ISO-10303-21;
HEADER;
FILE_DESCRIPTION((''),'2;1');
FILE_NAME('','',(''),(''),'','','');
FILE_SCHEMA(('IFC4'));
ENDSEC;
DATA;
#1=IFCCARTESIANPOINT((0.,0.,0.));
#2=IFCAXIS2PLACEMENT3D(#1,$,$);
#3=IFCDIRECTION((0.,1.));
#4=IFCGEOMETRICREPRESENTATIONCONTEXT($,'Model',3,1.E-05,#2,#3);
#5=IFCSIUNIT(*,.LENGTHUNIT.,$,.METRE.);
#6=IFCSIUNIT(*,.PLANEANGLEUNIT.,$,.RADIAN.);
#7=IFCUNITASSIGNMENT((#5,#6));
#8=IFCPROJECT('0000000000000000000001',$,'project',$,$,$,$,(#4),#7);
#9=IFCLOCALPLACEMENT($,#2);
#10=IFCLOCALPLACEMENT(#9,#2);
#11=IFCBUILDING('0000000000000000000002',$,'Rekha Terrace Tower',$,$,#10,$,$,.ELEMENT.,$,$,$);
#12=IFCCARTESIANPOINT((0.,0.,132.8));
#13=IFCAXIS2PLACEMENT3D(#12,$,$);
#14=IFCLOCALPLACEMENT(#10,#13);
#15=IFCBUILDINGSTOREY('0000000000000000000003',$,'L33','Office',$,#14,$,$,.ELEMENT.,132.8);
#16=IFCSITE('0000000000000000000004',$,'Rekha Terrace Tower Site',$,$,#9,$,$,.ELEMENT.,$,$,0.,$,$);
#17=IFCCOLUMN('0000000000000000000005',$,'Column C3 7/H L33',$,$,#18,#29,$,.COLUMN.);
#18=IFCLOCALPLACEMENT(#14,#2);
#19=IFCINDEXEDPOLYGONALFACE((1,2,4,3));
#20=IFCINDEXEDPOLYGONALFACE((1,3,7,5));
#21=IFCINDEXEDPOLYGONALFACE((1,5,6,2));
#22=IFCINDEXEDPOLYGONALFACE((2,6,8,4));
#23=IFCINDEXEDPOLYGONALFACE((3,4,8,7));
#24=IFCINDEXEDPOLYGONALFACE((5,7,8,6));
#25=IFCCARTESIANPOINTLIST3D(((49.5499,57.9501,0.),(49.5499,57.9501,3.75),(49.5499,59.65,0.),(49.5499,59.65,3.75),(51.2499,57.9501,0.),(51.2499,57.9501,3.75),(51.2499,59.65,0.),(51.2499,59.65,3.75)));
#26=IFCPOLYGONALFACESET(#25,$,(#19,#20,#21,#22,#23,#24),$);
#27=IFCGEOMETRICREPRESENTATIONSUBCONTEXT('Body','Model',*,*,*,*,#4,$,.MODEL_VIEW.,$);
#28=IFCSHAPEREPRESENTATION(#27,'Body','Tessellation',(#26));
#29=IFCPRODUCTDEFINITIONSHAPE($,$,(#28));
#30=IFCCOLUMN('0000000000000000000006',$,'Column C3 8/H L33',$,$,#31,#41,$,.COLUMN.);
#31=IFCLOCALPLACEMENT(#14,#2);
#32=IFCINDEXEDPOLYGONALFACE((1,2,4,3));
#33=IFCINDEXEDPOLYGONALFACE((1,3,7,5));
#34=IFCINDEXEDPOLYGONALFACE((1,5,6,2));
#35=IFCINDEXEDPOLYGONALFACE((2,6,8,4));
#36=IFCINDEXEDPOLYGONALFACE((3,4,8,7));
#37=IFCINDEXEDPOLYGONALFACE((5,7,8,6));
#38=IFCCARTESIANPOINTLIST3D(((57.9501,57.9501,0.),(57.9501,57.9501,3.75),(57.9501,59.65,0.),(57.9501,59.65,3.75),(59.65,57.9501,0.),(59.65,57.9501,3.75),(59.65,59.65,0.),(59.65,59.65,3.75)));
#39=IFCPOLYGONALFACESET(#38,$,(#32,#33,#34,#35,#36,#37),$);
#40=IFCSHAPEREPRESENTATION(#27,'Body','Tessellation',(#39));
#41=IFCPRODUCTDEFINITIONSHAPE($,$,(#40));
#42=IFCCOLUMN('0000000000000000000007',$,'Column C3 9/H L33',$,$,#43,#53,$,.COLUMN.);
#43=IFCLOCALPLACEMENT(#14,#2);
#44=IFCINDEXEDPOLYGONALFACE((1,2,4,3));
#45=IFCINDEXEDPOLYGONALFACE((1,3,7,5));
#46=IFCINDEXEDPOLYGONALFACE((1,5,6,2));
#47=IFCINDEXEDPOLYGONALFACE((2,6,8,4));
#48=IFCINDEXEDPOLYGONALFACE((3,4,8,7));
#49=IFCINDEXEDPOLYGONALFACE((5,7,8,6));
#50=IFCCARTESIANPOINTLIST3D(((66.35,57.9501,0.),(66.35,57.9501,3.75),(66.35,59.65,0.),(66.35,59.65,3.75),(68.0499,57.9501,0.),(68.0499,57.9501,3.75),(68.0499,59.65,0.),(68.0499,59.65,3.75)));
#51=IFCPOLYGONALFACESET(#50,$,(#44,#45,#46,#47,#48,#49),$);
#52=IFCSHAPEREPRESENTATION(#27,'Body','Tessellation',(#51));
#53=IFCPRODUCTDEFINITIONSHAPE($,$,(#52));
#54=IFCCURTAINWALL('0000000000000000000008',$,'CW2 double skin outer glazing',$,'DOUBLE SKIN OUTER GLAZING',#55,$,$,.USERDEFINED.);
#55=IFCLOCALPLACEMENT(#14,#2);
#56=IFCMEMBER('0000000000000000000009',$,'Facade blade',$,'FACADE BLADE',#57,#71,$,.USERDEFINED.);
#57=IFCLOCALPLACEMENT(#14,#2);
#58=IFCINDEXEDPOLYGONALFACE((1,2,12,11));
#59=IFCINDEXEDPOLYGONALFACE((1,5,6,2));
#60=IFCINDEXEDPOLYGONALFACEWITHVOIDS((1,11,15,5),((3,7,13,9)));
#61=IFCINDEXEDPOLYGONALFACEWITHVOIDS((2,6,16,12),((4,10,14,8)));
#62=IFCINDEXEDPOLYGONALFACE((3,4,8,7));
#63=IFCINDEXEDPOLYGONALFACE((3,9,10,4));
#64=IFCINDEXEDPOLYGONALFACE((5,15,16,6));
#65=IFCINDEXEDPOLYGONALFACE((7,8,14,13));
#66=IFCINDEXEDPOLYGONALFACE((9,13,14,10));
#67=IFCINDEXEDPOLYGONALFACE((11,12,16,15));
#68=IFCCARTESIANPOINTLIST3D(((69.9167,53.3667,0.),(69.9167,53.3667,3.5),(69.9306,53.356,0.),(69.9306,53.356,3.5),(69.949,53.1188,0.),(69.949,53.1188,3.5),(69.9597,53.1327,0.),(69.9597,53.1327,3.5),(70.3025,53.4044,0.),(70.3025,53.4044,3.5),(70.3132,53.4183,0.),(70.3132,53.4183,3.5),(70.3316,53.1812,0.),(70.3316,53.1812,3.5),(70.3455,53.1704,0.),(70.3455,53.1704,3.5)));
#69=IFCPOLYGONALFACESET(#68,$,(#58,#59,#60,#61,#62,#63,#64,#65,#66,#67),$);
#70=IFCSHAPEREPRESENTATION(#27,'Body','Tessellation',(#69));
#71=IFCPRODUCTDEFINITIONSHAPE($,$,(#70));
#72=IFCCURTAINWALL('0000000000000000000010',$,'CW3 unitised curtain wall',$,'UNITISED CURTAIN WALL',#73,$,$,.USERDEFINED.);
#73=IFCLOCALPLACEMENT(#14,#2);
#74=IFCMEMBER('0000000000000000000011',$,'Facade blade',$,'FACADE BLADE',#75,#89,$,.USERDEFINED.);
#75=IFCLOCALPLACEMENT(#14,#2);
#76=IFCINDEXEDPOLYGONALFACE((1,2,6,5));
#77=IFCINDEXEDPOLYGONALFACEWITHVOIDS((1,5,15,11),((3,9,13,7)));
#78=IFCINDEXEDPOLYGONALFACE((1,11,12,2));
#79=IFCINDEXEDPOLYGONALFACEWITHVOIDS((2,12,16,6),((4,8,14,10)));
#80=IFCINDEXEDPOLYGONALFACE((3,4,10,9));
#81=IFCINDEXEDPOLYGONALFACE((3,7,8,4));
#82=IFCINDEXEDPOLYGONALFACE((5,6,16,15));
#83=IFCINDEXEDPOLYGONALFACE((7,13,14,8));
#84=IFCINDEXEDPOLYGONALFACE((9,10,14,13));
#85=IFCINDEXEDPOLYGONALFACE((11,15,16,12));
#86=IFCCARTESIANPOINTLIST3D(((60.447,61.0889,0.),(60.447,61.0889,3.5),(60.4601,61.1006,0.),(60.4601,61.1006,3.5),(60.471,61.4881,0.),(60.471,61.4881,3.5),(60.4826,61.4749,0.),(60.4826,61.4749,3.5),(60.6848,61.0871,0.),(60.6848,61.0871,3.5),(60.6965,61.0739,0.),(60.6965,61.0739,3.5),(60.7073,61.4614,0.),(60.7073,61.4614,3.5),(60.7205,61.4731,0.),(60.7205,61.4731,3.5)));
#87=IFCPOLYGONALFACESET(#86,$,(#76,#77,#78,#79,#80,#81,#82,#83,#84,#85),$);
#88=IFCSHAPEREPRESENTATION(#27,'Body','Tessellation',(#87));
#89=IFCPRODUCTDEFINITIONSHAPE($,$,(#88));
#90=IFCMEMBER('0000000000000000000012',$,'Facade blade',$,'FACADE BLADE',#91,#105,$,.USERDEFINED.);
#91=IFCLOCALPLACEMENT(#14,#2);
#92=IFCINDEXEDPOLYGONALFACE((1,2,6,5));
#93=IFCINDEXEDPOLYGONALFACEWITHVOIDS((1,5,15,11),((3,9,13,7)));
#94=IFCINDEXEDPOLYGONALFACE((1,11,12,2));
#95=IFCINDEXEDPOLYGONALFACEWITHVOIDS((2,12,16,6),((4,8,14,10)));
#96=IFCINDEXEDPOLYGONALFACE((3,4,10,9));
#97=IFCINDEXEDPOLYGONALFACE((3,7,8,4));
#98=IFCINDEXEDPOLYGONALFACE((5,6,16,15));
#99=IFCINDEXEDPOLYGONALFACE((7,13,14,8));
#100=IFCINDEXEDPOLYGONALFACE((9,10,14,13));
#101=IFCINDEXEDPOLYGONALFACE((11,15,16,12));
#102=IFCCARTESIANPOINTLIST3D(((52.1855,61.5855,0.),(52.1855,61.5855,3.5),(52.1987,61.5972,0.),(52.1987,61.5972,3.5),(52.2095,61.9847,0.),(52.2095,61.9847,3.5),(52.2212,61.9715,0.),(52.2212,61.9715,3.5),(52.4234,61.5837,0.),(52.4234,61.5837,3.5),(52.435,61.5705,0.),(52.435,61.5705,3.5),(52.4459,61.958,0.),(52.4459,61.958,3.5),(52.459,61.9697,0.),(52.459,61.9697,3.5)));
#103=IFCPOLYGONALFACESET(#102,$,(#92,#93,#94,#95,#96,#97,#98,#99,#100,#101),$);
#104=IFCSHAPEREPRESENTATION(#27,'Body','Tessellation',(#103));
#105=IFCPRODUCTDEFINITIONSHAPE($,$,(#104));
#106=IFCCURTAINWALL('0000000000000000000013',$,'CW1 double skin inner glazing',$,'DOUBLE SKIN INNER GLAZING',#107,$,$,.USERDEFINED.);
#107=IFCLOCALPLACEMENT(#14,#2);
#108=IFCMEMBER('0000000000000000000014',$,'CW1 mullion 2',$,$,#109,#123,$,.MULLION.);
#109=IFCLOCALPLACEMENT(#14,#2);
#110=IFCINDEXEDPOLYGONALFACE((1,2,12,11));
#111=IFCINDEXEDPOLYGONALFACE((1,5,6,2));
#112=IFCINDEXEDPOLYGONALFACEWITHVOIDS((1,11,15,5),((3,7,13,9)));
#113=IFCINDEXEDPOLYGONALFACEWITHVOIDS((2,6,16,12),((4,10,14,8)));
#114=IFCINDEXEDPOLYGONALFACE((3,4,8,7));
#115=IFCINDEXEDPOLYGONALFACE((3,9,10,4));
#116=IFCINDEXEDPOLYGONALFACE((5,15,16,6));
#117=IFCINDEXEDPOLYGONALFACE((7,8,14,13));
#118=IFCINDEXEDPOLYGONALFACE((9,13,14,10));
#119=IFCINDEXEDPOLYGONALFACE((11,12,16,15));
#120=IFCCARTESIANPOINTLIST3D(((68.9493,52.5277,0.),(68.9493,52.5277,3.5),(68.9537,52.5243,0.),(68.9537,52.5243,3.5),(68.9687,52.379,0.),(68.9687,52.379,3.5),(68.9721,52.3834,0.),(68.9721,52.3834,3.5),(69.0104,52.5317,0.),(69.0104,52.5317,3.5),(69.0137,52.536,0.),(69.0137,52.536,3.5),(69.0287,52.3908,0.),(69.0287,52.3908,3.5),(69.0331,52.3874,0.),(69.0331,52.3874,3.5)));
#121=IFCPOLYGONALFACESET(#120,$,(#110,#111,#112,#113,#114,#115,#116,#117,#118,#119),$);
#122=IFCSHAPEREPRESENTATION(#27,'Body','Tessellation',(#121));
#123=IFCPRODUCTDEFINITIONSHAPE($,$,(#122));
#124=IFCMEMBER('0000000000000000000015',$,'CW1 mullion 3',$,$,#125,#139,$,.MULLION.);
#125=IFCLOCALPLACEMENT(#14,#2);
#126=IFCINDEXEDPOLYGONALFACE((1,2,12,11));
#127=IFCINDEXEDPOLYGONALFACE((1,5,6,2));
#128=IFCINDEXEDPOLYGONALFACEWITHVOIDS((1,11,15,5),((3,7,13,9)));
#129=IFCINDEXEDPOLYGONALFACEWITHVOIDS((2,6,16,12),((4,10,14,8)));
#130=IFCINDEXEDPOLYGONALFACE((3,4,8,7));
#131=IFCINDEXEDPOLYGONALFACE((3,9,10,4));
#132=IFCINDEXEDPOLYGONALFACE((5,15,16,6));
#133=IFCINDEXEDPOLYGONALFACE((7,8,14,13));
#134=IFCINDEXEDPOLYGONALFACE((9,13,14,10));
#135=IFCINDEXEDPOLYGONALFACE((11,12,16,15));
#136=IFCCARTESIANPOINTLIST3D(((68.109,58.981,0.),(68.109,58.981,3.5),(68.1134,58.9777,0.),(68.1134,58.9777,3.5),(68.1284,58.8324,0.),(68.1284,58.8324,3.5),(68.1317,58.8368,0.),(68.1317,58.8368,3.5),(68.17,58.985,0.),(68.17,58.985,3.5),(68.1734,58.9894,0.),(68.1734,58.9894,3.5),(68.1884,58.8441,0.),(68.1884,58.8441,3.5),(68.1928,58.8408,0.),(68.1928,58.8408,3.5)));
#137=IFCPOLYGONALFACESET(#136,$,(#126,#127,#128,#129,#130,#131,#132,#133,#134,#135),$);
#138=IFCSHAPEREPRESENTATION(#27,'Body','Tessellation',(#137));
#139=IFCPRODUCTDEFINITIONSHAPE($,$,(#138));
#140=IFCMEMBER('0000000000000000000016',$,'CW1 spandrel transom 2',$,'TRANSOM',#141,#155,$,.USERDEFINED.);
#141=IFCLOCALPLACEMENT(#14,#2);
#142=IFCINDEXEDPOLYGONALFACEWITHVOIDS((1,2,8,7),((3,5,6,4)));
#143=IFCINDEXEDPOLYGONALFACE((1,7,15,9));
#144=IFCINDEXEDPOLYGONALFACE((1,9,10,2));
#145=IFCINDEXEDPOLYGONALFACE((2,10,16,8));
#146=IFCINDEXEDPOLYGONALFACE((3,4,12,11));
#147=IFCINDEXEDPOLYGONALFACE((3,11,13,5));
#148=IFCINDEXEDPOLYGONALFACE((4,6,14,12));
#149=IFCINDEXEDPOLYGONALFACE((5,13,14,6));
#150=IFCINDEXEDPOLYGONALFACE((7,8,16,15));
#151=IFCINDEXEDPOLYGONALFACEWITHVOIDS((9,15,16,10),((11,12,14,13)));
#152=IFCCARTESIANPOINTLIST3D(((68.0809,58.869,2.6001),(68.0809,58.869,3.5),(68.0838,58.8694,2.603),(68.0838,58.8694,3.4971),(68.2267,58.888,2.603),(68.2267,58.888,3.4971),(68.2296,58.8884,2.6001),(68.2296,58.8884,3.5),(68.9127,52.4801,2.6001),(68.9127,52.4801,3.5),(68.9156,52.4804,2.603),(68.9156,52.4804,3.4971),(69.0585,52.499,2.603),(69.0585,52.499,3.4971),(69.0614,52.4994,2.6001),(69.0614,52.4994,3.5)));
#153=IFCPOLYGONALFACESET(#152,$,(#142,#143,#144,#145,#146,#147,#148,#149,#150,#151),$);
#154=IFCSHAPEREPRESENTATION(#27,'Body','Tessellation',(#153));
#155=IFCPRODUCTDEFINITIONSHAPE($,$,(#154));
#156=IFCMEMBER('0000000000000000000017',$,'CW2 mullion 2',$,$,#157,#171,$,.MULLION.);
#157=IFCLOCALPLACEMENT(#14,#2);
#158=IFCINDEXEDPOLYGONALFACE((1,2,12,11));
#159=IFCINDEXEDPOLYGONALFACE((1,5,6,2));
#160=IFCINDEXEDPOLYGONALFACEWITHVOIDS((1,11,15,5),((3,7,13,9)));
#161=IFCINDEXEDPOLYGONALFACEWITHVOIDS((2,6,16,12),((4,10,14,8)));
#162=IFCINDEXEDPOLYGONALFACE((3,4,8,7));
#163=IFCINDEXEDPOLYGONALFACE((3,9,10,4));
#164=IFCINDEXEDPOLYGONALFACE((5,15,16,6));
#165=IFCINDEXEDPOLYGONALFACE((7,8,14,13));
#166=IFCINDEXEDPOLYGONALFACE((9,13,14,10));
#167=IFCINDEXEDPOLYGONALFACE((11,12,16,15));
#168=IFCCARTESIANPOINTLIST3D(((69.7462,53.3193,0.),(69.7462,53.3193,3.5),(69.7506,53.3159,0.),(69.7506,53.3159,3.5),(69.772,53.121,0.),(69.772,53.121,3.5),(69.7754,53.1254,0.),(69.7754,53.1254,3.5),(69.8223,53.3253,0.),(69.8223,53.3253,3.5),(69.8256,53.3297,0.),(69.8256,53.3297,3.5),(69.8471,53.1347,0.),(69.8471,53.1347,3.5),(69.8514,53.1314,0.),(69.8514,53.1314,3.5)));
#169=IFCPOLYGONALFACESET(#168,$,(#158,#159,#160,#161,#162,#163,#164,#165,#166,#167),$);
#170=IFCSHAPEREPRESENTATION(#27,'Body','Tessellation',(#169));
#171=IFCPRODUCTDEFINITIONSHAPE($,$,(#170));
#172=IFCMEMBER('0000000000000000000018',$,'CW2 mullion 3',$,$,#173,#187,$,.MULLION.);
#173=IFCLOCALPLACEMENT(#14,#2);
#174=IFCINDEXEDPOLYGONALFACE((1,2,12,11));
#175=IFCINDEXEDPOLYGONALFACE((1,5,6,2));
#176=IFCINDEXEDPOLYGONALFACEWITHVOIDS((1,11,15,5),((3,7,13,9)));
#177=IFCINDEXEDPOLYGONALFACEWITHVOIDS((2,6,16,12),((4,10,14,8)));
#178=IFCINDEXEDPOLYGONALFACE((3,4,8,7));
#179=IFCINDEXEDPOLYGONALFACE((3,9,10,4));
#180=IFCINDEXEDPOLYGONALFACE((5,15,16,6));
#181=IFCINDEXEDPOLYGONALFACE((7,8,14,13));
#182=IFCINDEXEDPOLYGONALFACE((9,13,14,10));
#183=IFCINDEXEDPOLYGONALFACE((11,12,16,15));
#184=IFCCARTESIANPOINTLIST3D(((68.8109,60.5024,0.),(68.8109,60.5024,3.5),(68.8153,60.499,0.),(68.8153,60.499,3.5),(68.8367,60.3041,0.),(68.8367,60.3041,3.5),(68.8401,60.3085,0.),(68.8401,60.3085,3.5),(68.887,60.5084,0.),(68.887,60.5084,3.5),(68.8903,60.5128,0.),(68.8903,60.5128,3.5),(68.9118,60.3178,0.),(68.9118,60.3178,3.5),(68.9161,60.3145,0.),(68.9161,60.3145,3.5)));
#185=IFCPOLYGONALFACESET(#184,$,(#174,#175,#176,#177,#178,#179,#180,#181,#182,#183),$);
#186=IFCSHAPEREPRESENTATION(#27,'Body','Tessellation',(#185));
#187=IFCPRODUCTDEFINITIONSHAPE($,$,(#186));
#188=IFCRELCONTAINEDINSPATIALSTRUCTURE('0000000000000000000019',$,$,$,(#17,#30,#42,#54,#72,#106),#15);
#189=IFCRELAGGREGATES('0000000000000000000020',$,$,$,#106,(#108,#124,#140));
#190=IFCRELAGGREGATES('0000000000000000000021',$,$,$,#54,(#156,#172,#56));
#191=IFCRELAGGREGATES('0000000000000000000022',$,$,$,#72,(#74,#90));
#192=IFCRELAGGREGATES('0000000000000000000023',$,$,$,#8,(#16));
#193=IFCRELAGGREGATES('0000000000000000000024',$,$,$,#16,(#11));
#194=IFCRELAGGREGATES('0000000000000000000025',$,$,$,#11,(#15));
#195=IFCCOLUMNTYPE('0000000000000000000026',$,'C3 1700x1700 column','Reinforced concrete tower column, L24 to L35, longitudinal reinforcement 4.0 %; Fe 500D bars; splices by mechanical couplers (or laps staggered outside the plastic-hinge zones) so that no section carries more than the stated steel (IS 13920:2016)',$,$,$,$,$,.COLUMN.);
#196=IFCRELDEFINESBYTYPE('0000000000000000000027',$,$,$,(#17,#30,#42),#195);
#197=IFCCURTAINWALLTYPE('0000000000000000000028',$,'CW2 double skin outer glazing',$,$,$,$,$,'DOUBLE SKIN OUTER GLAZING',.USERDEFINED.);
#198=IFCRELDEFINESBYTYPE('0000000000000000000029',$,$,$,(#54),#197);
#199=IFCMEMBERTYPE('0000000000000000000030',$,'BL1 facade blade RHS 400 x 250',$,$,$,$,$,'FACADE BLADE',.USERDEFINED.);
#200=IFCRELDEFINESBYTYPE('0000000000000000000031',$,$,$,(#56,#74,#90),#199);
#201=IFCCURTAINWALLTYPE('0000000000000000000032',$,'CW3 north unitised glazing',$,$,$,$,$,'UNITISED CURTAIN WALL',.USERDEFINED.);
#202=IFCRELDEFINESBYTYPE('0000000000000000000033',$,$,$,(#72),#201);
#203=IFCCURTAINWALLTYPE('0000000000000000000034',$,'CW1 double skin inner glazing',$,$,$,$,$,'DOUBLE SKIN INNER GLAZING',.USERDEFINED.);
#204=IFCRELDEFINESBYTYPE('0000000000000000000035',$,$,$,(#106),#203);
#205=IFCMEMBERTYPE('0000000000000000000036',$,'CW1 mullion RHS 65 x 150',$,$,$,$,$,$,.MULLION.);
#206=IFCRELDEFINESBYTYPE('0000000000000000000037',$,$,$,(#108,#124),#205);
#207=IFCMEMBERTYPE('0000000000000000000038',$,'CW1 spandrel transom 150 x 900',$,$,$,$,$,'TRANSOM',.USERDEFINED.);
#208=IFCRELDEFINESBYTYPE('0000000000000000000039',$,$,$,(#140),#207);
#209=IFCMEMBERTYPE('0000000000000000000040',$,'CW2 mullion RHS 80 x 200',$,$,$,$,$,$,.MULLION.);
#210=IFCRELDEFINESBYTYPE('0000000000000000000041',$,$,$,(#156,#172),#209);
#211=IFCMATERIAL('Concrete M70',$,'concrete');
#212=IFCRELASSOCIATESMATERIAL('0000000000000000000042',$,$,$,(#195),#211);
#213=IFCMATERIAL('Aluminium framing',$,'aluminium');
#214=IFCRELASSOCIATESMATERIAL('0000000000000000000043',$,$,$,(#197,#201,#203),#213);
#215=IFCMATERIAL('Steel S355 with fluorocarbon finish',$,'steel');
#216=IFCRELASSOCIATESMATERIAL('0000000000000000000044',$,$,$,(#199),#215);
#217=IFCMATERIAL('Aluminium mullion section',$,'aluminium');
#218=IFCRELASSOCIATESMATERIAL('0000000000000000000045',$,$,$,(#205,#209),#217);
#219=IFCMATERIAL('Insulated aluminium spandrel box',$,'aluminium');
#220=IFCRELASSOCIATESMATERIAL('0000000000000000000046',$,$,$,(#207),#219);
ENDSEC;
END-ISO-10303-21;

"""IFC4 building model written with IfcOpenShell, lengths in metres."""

from ifc_helpers import new_model, si_unit, direction, frame, origin, origin_2d, place, context, subcontext, project, spatial, rectangle, hollow_rectangle, extrude, material, material_profile, profile_set, type_object, element, aggregate, save


model = new_model("IFC4")

# Units and contexts
model_context = context("Model", 3, precision=1e-05, world=origin(), true_north=direction((0.0, 1.0)))
body_context = subcontext(model_context, "Body", "Model", "MODEL_VIEW")
ifc_project = project(units=[si_unit("LENGTHUNIT", "METRE"), si_unit("PLANEANGLEUNIT", "RADIAN")], contexts=[model_context])

# Site, building, storey
site_placement = place(None, origin())
site = spatial("IfcSite", under=ifc_project, at=site_placement, Name="Rekha Terrace Tower Site", CompositionType="ELEMENT", RefElevation=0.0)
building_placement = place(site_placement, origin())
building = spatial("IfcBuilding", under=site, at=building_placement, Name="Rekha Terrace Tower", CompositionType="ELEMENT")
storey_placement = place(building_placement, frame((0.0, 0.0, 132.8)))
storey = spatial("IfcBuildingStorey", under=building, at=storey_placement, Name="L33", Description="Office", CompositionType="ELEMENT", Elevation=132.8)

# Columns
ifc_material_1 = material(Name="Concrete M70", Category="concrete")
ifc_material_profile_1 = material_profile(ifc_material_1, rectangle(XDim=1.7, YDim=1.7, at=origin_2d()), Name="RC 1700x1700")
ifc_profile_set_1 = profile_set([ifc_material_profile_1], Name="Concrete M70")
column_type = type_object("IfcColumnType", Name="C3 1700x1700 column", Description="Reinforced concrete tower column, L24 to L35, longitudinal reinforcement 4.0 %; Fe 500D bars; splices by mechanical couplers (or laps staggered outside the plastic-hinge zones) so that no section carries more than the stated steel (IS 13920:2016)", PredefinedType="COLUMN", material=ifc_profile_set_1)
for number, where, z_axis, x_axis, name in (
    (1, (50.3999, 58.8, 0.0), (0.0, 0.0, 1.0), (1.0, 0.0, 0.0), "Column C3 7/H L33"),
    (2, (58.8, 58.8, 0.0), (0.0, 0.0, 1.0), (1.0, 0.0, 0.0), "Column C3 8/H L33"),
    (3, (67.2, 58.8, 0.0), (0.0, 0.0, 1.0), (1.0, 0.0, 0.0), "Column C3 9/H L33"),
):
    element("IfcColumn", number, at=place(storey_placement, frame(where, z_axis=z_axis, x_axis=x_axis)), inside=storey, type_object=column_type, Name=name, PredefinedType="COLUMN", context=body_context, shape_type="SweptSolid", body=[
        extrude(rectangle(XDim=1.7, YDim=1.7, at=origin_2d()), origin(), (0.0, 0.0, 1.0), 3.75),
    ])

# Curtain wall, member
ifc_material_2 = material(Name="Aluminium framing", Category="aluminium")
curtain_wall_type_1 = type_object("IfcCurtainWallType", Name="CW2 double skin outer glazing", ElementType="DOUBLE SKIN OUTER GLAZING", PredefinedType="USERDEFINED", material=ifc_material_2)
curtain_wall_1_placement = place(storey_placement, origin())
curtain_wall_1 = element("IfcCurtainWall", 4, at=curtain_wall_1_placement, inside=storey, type_object=curtain_wall_type_1, Name="CW2 double skin outer glazing", ObjectType="DOUBLE SKIN OUTER GLAZING", PredefinedType="USERDEFINED")
ifc_material_3 = material(Name="Steel S355 with fluorocarbon finish", Category="steel")
ifc_material_profile_2 = material_profile(ifc_material_3, hollow_rectangle(XDim=0.25, YDim=0.3999, WallThickness=0.0125, at=origin_2d()), Name="RHS400x250x12.5")
ifc_profile_set_2 = profile_set([ifc_material_profile_2], Name="Steel S355 with fluorocarbon finish")
member_type_1 = type_object("IfcMemberType", Name="BL1 facade blade RHS 400 x 250", ElementType="FACADE BLADE", PredefinedType="USERDEFINED", material=ifc_profile_set_2)
member_1_placement = place(storey_placement, frame((70.1311, 53.2686, 0.0), z_axis=(0.0, 0.0, 1.0), x_axis=(-0.129119, 0.991629, 0.0)))
member_1 = element("IfcMember", 5, at=member_1_placement, type_object=member_type_1, Name="Facade blade", ObjectType="FACADE BLADE", PredefinedType="USERDEFINED", context=body_context, shape_type="SweptSolid", body=[
    extrude(hollow_rectangle(XDim=0.25, YDim=0.3999, WallThickness=0.0125, at=origin_2d()), origin(), (0.0, 0.0, 1.0), 3.5),
])

# Curtain walls, members
curtain_wall_type_2 = type_object("IfcCurtainWallType", Name="CW3 north unitised glazing", ElementType="UNITISED CURTAIN WALL", PredefinedType="USERDEFINED", material=ifc_material_2)
curtain_wall_2_placement = place(storey_placement, origin())
curtain_wall_2 = element("IfcCurtainWall", 6, at=curtain_wall_2_placement, inside=storey, type_object=curtain_wall_type_2, Name="CW3 unitised curtain wall", ObjectType="UNITISED CURTAIN WALL", PredefinedType="USERDEFINED")
member_2_placement = place(storey_placement, frame((60.5837, 61.281, 0.0), z_axis=(0.0, 0.0, 1.0), x_axis=(-0.998199, 0.059988, 0.0)))
member_2 = element("IfcMember", 7, at=member_2_placement, type_object=member_type_1, Name="Facade blade", ObjectType="FACADE BLADE", PredefinedType="USERDEFINED", context=body_context, shape_type="SweptSolid", body=[
    extrude(hollow_rectangle(XDim=0.25, YDim=0.3999, WallThickness=0.0125, at=origin_2d()), origin(), (0.0, 0.0, 1.0), 3.5),
])
member_3_placement = place(storey_placement, frame((52.3223, 61.7776, 0.0), z_axis=(0.0, 0.0, 1.0), x_axis=(-0.998199, 0.059988, 0.0)))
member_3 = element("IfcMember", 8, at=member_3_placement, type_object=member_type_1, Name="Facade blade", ObjectType="FACADE BLADE", PredefinedType="USERDEFINED", context=body_context, shape_type="SweptSolid", body=[
    extrude(hollow_rectangle(XDim=0.25, YDim=0.3999, WallThickness=0.0125, at=origin_2d()), origin(), (0.0, 0.0, 1.0), 3.5),
])
curtain_wall_type_3 = type_object("IfcCurtainWallType", Name="CW1 double skin inner glazing", ElementType="DOUBLE SKIN INNER GLAZING", PredefinedType="USERDEFINED", material=ifc_material_2)
curtain_wall_3_placement = place(storey_placement, origin())
curtain_wall_3 = element("IfcCurtainWall", 9, at=curtain_wall_3_placement, inside=storey, type_object=curtain_wall_type_3, Name="CW1 double skin inner glazing", ObjectType="DOUBLE SKIN INNER GLAZING", PredefinedType="USERDEFINED")
ifc_material_4 = material(Name="Aluminium mullion section", Category="aluminium")
ifc_material_profile_3 = material_profile(ifc_material_4, hollow_rectangle(XDim=0.0649, YDim=0.1499, WallThickness=0.0039, at=origin_2d()), Name="AL RHS 65x150")
ifc_profile_set_3 = profile_set([ifc_material_profile_3], Name="Aluminium mullion section")
member_type_2 = type_object("IfcMemberType", Name="CW1 mullion RHS 65 x 150", PredefinedType="MULLION", material=ifc_profile_set_3)
member_4_placement = place(storey_placement, frame((68.9912, 52.4575, 0.0), z_axis=(0.0, 0.0, 1.0), x_axis=(-0.991629, -0.129118, 0.0)))
member_4 = element("IfcMember", 10, at=member_4_placement, type_object=member_type_2, Name="CW1 mullion 2", PredefinedType="MULLION", context=body_context, shape_type="SweptSolid", body=[
    extrude(hollow_rectangle(XDim=0.0649, YDim=0.1499, WallThickness=0.0039, at=origin_2d()), origin(), (0.0, 0.0, 1.0), 3.5),
])
member_5_placement = place(storey_placement, frame((68.1509, 58.9109, 0.0), z_axis=(0.0, 0.0, 1.0), x_axis=(-0.991629, -0.129118, 0.0)))
member_5 = element("IfcMember", 11, at=member_5_placement, type_object=member_type_2, Name="CW1 mullion 3", PredefinedType="MULLION", context=body_context, shape_type="SweptSolid", body=[
    extrude(hollow_rectangle(XDim=0.0649, YDim=0.1499, WallThickness=0.0039, at=origin_2d()), origin(), (0.0, 0.0, 1.0), 3.5),
])
ifc_material_5 = material(Name="Insulated aluminium spandrel box", Category="aluminium")
ifc_material_profile_4 = material_profile(ifc_material_5, hollow_rectangle(XDim=0.1499, YDim=0.8999, WallThickness=0.0029, at=origin_2d()), Name="AL SPANDREL BOX 150x900")
ifc_profile_set_4 = profile_set([ifc_material_profile_4], Name="Insulated aluminium spandrel box")
member_type_3 = type_object("IfcMemberType", Name="CW1 spandrel transom 150 x 900", ElementType="TRANSOM", PredefinedType="USERDEFINED", material=ifc_profile_set_4)
member_6_placement = place(storey_placement, frame((68.9871, 52.4897, 3.05), z_axis=(-0.129103, 0.991631, 0.0), x_axis=(-0.991631, -0.129103, 0.0)))
member_6 = element("IfcMember", 12, at=member_6_placement, type_object=member_type_3, Name="CW1 spandrel transom 2", ObjectType="TRANSOM", PredefinedType="USERDEFINED", context=body_context, shape_type="SweptSolid", body=[
    extrude(hollow_rectangle(XDim=0.1499, YDim=0.8999, WallThickness=0.0029, at=origin_2d()), origin(), (0.0, 0.0, 1.0), 6.4429),
])

# Members
ifc_material_profile_5 = material_profile(ifc_material_4, hollow_rectangle(XDim=0.0801, YDim=0.2, WallThickness=0.0039, at=origin_2d()), Name="AL RHS 80x200")
ifc_profile_set_5 = profile_set([ifc_material_profile_5], Name="Aluminium mullion section")
member_type_4 = type_object("IfcMemberType", Name="CW2 mullion RHS 80 x 200", PredefinedType="MULLION", material=ifc_profile_set_5)
member_7_placement = place(storey_placement, frame((69.7988, 53.2253, 0.0), z_axis=(0.0, 0.0, 1.0), x_axis=(-0.991629, -0.129118, 0.0)))
member_7 = element("IfcMember", 13, at=member_7_placement, type_object=member_type_4, Name="CW2 mullion 2", PredefinedType="MULLION", context=body_context, shape_type="SweptSolid", body=[
    extrude(hollow_rectangle(XDim=0.0801, YDim=0.2, WallThickness=0.0039, at=origin_2d()), origin(), (0.0, 0.0, 1.0), 3.5),
])
member_8_placement = place(storey_placement, frame((68.8635, 60.4084, 0.0), z_axis=(0.0, 0.0, 1.0), x_axis=(-0.991629, -0.129118, 0.0)))
member_8 = element("IfcMember", 14, at=member_8_placement, type_object=member_type_4, Name="CW2 mullion 3", PredefinedType="MULLION", context=body_context, shape_type="SweptSolid", body=[
    extrude(hollow_rectangle(XDim=0.0801, YDim=0.2, WallThickness=0.0039, at=origin_2d()), origin(), (0.0, 0.0, 1.0), 3.5),
])

aggregate(curtain_wall_3, [member_4, member_5, member_6])
aggregate(curtain_wall_1, [member_7, member_8, member_1])
aggregate(curtain_wall_2, [member_2, member_3])

save(model, "model.ifc")
